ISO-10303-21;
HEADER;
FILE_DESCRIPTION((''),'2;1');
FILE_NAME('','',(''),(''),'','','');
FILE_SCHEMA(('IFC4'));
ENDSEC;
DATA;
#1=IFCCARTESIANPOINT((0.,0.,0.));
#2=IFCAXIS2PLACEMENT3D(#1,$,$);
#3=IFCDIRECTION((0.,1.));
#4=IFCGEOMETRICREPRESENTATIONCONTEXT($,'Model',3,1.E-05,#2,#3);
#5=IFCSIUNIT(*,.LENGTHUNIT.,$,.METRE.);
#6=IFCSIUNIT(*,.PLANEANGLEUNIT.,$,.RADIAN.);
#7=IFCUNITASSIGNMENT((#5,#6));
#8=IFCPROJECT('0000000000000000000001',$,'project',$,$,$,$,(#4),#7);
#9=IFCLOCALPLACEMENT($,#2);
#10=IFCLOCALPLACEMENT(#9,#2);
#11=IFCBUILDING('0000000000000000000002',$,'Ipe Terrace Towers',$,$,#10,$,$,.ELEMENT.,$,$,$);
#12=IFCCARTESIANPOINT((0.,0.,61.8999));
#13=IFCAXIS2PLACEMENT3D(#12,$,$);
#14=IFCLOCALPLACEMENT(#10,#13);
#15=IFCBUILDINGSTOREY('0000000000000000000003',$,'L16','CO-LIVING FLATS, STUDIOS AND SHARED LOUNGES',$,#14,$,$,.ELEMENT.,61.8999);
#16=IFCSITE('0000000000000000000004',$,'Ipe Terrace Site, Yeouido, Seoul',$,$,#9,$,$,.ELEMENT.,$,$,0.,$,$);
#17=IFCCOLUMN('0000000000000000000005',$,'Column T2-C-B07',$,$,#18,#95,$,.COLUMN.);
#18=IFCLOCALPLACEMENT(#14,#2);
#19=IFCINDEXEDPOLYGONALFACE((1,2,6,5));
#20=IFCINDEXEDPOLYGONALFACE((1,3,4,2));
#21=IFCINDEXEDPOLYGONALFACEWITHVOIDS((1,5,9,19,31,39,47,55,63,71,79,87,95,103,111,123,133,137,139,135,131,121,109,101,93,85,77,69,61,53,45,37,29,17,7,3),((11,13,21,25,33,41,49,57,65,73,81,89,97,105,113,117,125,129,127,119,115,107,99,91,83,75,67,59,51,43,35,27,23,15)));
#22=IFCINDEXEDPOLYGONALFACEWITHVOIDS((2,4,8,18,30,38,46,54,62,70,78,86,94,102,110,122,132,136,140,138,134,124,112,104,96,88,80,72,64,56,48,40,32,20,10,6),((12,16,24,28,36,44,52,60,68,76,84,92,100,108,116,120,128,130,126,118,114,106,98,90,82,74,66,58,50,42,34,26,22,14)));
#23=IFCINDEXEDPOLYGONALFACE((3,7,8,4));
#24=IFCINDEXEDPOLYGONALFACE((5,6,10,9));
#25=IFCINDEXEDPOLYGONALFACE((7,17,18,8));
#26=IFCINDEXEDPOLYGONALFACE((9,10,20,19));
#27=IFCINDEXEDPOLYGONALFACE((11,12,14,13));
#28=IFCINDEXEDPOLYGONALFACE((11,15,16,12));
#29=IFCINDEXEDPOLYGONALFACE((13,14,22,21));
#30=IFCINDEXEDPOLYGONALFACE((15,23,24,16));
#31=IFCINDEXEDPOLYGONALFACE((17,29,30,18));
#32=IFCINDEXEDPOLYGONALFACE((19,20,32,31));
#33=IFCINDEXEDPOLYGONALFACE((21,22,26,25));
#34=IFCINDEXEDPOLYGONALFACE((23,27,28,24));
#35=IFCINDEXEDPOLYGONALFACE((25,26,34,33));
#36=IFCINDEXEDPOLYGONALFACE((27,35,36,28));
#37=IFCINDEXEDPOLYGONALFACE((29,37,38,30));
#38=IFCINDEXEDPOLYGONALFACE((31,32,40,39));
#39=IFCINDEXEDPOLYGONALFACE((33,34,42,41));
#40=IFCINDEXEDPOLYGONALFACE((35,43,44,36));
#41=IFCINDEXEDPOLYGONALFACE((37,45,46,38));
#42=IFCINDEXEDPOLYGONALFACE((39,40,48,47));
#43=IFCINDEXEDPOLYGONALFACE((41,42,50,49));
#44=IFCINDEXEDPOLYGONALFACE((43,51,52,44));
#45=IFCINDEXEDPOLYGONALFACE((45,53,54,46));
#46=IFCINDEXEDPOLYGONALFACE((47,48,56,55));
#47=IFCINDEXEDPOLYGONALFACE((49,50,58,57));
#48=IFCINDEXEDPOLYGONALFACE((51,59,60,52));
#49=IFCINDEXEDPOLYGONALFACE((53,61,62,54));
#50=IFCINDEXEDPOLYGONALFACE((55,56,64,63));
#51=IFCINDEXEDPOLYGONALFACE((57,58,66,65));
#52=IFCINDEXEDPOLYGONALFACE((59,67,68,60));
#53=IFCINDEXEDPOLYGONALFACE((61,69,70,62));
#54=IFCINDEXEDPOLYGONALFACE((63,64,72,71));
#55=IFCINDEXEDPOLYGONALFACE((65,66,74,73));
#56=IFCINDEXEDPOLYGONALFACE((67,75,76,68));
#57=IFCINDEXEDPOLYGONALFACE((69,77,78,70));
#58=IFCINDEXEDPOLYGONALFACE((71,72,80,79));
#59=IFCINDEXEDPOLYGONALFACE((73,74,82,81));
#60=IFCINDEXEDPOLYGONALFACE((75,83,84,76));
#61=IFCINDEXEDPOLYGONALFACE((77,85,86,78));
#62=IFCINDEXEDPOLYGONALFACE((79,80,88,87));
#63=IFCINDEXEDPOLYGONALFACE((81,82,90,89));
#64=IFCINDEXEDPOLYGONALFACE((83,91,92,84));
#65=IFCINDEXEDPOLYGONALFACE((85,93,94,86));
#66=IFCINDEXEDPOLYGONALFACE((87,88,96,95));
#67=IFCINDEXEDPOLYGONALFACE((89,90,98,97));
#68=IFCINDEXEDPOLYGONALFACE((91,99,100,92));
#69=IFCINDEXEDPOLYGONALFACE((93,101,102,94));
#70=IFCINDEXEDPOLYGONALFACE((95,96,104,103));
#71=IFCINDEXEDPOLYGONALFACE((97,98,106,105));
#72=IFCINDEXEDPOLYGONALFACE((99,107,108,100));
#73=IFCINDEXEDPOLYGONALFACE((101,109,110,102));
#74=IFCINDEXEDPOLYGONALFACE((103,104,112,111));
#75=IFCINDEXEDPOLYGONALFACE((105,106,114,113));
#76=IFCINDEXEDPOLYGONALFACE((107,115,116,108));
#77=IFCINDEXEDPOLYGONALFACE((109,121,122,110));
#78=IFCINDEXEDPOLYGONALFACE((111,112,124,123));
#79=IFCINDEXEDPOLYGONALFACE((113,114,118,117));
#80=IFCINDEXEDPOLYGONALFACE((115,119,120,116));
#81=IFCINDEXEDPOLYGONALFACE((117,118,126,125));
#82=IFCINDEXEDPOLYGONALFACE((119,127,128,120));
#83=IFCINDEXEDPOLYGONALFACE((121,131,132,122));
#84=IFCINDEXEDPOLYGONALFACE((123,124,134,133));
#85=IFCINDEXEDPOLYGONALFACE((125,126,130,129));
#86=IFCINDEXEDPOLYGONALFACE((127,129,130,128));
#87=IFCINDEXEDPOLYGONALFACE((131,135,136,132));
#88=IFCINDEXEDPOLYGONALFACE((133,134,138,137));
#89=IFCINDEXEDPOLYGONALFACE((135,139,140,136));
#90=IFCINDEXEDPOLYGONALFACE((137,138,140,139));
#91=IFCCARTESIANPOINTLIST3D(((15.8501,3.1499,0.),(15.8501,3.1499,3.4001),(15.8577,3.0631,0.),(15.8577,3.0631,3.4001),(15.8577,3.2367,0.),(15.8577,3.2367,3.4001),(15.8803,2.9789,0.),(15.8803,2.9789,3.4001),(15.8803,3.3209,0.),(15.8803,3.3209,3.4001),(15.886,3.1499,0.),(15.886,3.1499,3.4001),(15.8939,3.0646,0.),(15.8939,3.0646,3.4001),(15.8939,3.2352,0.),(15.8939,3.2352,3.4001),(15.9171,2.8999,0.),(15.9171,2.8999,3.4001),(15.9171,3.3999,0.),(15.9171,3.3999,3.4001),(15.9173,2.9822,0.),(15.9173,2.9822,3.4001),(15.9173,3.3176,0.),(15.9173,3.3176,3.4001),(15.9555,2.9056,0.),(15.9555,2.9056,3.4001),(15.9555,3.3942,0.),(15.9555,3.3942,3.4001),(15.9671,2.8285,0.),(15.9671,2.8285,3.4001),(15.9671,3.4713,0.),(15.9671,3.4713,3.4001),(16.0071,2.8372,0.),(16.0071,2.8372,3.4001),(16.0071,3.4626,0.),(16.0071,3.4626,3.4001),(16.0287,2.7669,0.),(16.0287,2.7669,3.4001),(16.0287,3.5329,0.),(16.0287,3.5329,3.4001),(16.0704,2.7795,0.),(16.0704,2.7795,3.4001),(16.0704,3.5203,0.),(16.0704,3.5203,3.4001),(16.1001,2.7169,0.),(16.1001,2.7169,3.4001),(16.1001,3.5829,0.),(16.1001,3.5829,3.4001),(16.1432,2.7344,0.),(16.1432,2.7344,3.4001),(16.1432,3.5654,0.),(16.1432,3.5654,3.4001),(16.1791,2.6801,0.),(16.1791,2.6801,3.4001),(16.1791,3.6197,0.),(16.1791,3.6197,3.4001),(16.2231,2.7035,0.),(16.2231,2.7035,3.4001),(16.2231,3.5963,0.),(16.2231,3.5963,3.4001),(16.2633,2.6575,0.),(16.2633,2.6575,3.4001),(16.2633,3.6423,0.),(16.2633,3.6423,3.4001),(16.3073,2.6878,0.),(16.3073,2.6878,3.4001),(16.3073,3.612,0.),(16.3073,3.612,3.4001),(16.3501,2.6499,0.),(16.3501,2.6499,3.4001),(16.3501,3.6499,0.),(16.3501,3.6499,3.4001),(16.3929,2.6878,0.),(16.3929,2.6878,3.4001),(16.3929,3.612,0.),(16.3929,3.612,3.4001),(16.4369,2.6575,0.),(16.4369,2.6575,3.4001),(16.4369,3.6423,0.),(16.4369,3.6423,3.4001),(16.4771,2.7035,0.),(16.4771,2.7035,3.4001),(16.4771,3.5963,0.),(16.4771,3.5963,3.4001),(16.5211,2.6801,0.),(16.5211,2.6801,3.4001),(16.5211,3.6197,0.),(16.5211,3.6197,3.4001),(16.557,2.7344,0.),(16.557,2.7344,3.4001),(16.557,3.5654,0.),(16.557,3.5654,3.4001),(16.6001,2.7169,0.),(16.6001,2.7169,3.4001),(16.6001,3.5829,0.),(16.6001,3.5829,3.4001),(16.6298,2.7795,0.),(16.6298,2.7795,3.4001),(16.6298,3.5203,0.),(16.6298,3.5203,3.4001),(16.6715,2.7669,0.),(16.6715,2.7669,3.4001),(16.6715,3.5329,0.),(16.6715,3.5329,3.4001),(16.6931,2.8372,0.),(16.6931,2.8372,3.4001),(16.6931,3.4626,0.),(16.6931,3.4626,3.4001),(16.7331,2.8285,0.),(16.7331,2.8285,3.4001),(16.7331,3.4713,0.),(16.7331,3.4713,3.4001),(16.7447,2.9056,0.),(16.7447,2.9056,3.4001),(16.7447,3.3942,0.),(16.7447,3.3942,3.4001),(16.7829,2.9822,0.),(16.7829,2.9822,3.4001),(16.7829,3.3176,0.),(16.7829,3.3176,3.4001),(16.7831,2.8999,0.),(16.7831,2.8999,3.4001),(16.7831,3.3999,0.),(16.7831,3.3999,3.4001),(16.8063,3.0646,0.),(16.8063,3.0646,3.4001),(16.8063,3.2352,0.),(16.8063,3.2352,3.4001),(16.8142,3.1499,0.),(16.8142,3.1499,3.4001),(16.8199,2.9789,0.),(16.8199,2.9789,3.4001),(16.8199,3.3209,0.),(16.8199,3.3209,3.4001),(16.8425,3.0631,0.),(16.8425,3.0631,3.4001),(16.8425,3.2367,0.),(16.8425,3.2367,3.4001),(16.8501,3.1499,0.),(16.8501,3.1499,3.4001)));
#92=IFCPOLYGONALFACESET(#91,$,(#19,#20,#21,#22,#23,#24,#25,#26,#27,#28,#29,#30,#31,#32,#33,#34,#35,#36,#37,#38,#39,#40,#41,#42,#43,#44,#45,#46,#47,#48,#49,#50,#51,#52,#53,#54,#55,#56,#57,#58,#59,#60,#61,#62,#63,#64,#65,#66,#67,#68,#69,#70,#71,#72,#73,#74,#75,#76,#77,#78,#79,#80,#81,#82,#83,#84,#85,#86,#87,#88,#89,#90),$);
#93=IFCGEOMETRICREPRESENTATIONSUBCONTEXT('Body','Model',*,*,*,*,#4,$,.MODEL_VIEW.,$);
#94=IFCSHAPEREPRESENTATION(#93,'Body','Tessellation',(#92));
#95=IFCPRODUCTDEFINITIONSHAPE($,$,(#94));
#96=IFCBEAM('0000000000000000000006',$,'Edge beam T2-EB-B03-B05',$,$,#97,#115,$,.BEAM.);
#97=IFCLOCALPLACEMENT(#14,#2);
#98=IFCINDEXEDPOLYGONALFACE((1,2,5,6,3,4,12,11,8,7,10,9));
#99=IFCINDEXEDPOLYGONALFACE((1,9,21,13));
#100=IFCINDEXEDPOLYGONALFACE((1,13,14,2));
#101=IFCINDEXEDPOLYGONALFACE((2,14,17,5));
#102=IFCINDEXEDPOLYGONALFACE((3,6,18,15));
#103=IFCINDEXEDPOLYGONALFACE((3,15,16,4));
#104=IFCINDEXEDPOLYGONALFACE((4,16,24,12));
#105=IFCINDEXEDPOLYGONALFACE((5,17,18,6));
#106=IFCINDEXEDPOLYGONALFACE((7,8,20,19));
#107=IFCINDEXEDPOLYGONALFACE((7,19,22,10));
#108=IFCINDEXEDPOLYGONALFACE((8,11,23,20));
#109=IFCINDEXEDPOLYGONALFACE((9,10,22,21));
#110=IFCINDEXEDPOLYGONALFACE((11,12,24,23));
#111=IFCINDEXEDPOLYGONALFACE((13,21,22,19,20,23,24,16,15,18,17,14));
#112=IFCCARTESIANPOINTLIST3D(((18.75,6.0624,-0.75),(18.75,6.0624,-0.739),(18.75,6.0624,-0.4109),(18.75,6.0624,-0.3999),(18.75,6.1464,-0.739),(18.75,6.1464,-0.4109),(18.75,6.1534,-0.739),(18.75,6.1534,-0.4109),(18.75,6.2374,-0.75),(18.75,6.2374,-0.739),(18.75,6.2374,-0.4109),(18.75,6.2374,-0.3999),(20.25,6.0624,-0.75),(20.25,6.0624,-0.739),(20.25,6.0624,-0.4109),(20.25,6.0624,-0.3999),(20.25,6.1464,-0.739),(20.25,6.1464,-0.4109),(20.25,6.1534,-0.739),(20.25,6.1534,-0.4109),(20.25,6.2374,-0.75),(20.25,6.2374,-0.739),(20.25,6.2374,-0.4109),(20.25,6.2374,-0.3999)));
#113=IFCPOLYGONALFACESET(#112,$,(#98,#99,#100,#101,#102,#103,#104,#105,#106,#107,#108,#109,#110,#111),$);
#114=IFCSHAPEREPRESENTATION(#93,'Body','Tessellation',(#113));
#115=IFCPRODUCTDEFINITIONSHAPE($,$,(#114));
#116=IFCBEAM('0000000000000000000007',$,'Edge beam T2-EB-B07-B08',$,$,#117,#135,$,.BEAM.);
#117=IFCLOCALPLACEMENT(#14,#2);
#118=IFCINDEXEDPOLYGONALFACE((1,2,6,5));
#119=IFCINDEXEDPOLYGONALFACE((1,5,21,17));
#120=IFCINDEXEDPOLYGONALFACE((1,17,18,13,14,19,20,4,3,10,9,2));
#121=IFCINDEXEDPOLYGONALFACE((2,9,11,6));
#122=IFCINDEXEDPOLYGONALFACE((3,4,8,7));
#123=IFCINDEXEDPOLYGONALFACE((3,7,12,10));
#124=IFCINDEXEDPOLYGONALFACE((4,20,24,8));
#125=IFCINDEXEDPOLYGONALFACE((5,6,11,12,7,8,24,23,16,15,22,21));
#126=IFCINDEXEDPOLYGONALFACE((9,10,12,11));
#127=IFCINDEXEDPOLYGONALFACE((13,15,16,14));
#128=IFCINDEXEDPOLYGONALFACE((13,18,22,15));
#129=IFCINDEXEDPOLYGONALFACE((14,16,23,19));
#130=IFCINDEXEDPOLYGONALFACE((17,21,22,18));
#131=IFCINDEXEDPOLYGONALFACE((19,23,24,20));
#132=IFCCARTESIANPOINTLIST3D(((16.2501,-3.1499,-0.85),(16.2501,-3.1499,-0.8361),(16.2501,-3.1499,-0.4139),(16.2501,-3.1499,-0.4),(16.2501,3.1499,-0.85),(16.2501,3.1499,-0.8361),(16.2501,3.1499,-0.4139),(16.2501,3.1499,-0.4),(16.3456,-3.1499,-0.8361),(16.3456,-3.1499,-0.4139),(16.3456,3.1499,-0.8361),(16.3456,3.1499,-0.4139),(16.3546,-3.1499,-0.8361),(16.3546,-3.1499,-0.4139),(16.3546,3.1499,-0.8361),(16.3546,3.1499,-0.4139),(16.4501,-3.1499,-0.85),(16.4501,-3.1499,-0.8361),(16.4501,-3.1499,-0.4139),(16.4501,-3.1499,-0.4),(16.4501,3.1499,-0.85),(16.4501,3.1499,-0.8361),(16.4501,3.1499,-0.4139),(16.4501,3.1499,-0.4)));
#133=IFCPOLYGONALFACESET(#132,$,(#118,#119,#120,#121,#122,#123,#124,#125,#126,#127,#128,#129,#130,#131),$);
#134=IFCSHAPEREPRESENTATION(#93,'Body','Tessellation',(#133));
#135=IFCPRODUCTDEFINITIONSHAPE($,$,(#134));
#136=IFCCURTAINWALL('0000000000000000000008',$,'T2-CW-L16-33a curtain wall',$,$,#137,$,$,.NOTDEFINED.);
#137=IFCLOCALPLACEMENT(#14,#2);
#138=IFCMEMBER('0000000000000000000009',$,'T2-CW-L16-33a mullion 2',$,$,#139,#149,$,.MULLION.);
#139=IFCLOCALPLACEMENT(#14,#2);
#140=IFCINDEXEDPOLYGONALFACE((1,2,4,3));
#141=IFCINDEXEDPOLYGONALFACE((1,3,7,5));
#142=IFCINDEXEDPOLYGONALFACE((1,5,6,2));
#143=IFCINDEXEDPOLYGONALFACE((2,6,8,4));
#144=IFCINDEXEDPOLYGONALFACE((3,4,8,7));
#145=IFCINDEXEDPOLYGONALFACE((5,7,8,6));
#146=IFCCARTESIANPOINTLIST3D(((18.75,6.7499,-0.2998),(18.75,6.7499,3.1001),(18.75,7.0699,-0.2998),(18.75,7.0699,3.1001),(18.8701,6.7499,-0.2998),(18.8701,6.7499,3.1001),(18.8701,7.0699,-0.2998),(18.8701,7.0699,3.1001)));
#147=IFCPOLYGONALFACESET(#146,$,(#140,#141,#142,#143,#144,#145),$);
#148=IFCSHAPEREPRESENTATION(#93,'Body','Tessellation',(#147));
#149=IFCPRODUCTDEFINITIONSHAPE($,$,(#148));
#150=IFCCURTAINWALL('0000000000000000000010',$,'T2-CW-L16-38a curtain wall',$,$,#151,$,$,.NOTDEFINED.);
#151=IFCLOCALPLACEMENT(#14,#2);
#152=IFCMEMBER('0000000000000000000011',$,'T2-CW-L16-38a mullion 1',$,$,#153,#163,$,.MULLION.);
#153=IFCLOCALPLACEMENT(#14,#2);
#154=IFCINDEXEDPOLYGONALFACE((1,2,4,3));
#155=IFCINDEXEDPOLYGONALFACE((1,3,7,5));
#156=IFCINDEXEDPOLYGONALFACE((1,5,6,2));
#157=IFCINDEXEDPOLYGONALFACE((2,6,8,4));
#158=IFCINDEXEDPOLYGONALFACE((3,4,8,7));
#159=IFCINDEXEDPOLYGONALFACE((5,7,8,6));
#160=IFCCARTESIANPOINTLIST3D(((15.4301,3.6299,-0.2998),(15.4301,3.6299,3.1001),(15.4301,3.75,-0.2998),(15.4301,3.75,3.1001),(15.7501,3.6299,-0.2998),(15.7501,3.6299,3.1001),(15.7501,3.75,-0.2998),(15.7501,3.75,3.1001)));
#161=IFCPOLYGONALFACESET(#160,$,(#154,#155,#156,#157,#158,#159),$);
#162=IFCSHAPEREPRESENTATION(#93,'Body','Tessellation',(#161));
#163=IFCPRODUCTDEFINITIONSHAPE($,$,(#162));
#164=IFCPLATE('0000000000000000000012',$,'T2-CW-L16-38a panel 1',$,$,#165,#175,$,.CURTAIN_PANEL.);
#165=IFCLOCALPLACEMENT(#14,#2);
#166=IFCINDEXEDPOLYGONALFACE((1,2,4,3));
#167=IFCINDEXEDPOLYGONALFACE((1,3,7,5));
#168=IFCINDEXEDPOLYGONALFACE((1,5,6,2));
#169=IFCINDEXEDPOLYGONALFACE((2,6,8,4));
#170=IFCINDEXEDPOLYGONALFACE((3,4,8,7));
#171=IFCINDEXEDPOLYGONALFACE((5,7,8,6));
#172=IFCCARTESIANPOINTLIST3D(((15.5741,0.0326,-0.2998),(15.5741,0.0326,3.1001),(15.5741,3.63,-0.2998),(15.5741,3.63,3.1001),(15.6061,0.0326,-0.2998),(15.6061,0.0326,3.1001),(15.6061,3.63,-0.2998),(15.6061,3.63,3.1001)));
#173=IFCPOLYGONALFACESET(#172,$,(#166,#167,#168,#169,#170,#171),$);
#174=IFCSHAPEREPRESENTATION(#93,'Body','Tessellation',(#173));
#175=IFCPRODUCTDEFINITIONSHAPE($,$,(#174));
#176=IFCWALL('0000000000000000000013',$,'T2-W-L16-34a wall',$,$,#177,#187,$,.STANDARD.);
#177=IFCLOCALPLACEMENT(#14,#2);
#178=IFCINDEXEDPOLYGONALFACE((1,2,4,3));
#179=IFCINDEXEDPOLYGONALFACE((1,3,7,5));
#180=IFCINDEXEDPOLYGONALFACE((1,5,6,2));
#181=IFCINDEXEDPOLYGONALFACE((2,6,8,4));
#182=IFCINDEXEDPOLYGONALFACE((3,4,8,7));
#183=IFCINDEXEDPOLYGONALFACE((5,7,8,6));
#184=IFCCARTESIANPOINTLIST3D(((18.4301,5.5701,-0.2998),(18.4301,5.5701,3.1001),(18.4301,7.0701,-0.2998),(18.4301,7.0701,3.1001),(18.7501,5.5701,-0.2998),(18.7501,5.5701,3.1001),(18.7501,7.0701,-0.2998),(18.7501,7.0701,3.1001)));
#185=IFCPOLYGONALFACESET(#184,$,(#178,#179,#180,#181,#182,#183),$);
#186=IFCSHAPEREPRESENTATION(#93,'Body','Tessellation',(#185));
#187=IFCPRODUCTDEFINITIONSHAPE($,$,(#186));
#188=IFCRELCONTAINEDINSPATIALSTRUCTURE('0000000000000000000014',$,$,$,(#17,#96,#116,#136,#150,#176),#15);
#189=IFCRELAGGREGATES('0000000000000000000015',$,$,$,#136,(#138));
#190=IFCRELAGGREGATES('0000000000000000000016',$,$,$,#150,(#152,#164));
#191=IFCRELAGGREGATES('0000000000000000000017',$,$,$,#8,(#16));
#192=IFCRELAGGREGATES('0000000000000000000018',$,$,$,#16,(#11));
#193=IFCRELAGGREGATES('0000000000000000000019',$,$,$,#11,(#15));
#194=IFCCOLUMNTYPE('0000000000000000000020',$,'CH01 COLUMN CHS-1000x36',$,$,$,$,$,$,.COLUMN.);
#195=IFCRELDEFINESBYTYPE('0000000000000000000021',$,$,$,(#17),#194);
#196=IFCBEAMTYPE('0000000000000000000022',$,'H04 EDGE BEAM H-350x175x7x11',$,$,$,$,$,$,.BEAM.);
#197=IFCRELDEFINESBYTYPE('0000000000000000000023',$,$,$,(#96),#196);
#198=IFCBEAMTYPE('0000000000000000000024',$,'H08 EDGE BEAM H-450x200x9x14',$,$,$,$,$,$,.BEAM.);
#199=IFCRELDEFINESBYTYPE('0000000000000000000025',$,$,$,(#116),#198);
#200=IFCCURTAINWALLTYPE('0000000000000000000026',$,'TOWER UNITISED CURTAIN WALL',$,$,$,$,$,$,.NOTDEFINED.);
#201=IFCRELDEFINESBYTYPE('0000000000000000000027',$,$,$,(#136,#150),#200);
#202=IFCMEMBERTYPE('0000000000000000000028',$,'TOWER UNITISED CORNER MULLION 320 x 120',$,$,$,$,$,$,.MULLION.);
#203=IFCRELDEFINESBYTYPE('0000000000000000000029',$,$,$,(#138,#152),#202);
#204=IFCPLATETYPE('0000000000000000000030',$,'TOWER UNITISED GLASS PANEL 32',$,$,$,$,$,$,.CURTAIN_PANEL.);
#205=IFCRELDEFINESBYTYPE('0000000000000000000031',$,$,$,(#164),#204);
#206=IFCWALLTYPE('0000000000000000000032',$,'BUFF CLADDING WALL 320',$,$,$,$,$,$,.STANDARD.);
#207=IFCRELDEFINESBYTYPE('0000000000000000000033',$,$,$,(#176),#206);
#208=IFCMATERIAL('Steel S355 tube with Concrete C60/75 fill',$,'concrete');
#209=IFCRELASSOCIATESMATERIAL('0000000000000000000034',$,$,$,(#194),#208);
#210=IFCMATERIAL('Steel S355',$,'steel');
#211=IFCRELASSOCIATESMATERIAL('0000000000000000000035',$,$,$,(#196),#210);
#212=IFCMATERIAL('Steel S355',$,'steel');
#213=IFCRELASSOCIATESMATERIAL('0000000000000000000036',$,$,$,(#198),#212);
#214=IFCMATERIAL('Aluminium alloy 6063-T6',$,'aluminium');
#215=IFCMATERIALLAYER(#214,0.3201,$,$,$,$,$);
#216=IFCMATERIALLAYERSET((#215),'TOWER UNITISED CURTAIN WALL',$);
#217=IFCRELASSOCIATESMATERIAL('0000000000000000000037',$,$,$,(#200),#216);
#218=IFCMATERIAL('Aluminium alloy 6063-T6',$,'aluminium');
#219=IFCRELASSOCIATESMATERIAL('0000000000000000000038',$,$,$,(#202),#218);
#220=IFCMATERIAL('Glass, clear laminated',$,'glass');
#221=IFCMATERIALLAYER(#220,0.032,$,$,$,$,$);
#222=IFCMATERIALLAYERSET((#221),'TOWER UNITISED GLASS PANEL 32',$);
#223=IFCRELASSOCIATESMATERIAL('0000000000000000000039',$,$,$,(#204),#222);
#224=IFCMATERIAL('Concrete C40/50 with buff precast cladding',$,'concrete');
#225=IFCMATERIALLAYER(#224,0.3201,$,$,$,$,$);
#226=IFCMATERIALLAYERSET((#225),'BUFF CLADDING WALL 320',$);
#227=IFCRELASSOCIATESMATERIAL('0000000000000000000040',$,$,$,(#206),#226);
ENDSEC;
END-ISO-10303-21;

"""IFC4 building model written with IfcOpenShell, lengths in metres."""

from ifc_helpers import new_model, si_unit, direction, frame, frame_2d, origin, origin_2d, place, context, subcontext, project, spatial, rectangle, hollow_circle, i_section, extrude, material, layer, layer_set, material_profile, profile_set, type_object, element, aggregate, save


model = new_model("IFC4")

# Units and contexts
model_context = context("Model", 3, precision=1e-05, world=origin(), true_north=direction((0.0, 1.0)))
body_context = subcontext(model_context, "Body", "Model", "MODEL_VIEW")
ifc_project = project(units=[si_unit("LENGTHUNIT", "METRE"), si_unit("PLANEANGLEUNIT", "RADIAN")], contexts=[model_context])

# Site, building, storey
site_placement = place(None, origin())
site = spatial("IfcSite", under=ifc_project, at=site_placement, Name="Ipe Terrace Site, Yeouido, Seoul", CompositionType="ELEMENT", RefElevation=0.0)
building_placement = place(site_placement, origin())
building = spatial("IfcBuilding", under=site, at=building_placement, Name="Ipe Terrace Towers", CompositionType="ELEMENT")
storey_placement = place(building_placement, frame((0.0, 0.0, 61.8999)))
storey = spatial("IfcBuildingStorey", under=building, at=storey_placement, Name="L16", Description="CO-LIVING FLATS, STUDIOS AND SHARED LOUNGES", CompositionType="ELEMENT", Elevation=61.8999)

# Column
ifc_material_1 = material(Name="Steel S355 tube with Concrete C60/75 fill", Category="concrete")
ifc_material_profile_1 = material_profile(ifc_material_1, hollow_circle(Radius=0.5, WallThickness=0.0359, at=origin_2d()), Name="CHS-1000x36")
ifc_profile_set_1 = profile_set([ifc_material_profile_1], Name="Steel S355 tube with Concrete C60/75 fill")
column_type = type_object("IfcColumnType", Name="CH01 COLUMN CHS-1000x36", PredefinedType="COLUMN", material=ifc_profile_set_1)
for number, where, z_axis, x_axis, name in (
    (1, (16.3501, 3.1499, 0.0), (0.0, 0.0, 1.0), (1.0, 0.0, 0.0), "Column T2-C-B07"),
):
    element("IfcColumn", number, at=place(storey_placement, frame(where, z_axis=z_axis, x_axis=x_axis)), inside=storey, type_object=column_type, Name=name, PredefinedType="COLUMN", context=body_context, shape_type="SweptSolid", body=[
        extrude(hollow_circle(Radius=0.5, WallThickness=0.0359, at=origin_2d()), origin(), (0.0, 0.0, 1.0), 3.4001),
    ])

# Beams
ifc_material_2 = material(Name="Steel S355", Category="steel")
ifc_material_profile_2 = material_profile(ifc_material_2, i_section(OverallWidth=0.175, OverallDepth=0.3501, WebThickness=0.0071, FlangeThickness=0.011, at=origin_2d()), Name="H-350x175x7x11")
ifc_profile_set_2 = profile_set([ifc_material_profile_2], Name="Steel S355")
beam_type_1 = type_object("IfcBeamType", Name="H04 EDGE BEAM H-350x175x7x11", PredefinedType="BEAM", material=ifc_profile_set_2)
beam_1_placement = place(storey_placement, frame((20.25, 6.1499, -0.575), z_axis=(-1.0, 0.0, 0.0), x_axis=(0.0, -1.0, 0.0)))
element("IfcBeam", 2, at=beam_1_placement, inside=storey, type_object=beam_type_1, Name="Edge beam T2-EB-B03-B05", PredefinedType="BEAM", context=body_context, shape_type="SweptSolid", body=[
    extrude(i_section(OverallWidth=0.175, OverallDepth=0.3501, WebThickness=0.0071, FlangeThickness=0.011, at=origin_2d()), origin(), (0.0, 0.0, 1.0), 1.5),
])
ifc_material_3 = material(Name="Steel S355", Category="steel")
ifc_material_profile_3 = material_profile(ifc_material_3, i_section(OverallWidth=0.2, OverallDepth=0.45, WebThickness=0.009, FlangeThickness=0.0139, at=origin_2d()), Name="H-450x200x9x14")
ifc_profile_set_3 = profile_set([ifc_material_profile_3], Name="Steel S355")
beam_type_2 = type_object("IfcBeamType", Name="H08 EDGE BEAM H-450x200x9x14", PredefinedType="BEAM", material=ifc_profile_set_3)
beam_2_placement = place(storey_placement, frame((16.3501, 3.1499, -0.625), z_axis=(0.0, -1.0, 0.0), x_axis=(1.0, 0.0, 0.0)))
element("IfcBeam", 3, at=beam_2_placement, inside=storey, type_object=beam_type_2, Name="Edge beam T2-EB-B07-B08", PredefinedType="BEAM", context=body_context, shape_type="SweptSolid", body=[
    extrude(i_section(OverallWidth=0.2, OverallDepth=0.45, WebThickness=0.009, FlangeThickness=0.0139, at=origin_2d()), origin(), (0.0, 0.0, 1.0), 6.2998),
])

# Curtain wall, member
ifc_material_4 = material(Name="Aluminium alloy 6063-T6", Category="aluminium")
ifc_layer_1 = layer(ifc_material_4, 0.3201)
ifc_layer_set_1 = layer_set([ifc_layer_1], Name="TOWER UNITISED CURTAIN WALL")
curtain_wall_type = type_object("IfcCurtainWallType", Name="TOWER UNITISED CURTAIN WALL", PredefinedType="NOTDEFINED", material=ifc_layer_set_1)
curtain_wall_1_placement = place(storey_placement, origin())
curtain_wall_1 = element("IfcCurtainWall", 4, at=curtain_wall_1_placement, inside=storey, type_object=curtain_wall_type, Name="T2-CW-L16-33a curtain wall", PredefinedType="NOTDEFINED")
ifc_material_5 = material(Name="Aluminium alloy 6063-T6", Category="aluminium")
ifc_material_profile_4 = material_profile(ifc_material_5, rectangle(XDim=0.3201, YDim=0.1201, at=origin_2d()), Name="TOWER UNITISED CORNER MULLION 320 x 120")
ifc_profile_set_4 = profile_set([ifc_material_profile_4], Name="Aluminium alloy 6063-T6")
member_type = type_object("IfcMemberType", Name="TOWER UNITISED CORNER MULLION 320 x 120", PredefinedType="MULLION", material=ifc_profile_set_4)
member_1_placement = place(storey_placement, frame((18.8101, 6.9099, -0.2998), z_axis=(0.0, 0.0, 1.0), x_axis=(0.0, 1.0, 0.0)))
member_1 = element("IfcMember", 5, at=member_1_placement, type_object=member_type, Name="T2-CW-L16-33a mullion 2", PredefinedType="MULLION", context=body_context, shape_type="SweptSolid", body=[
    extrude(rectangle(XDim=0.3201, YDim=0.1201, at=origin_2d()), origin(), (0.0, 0.0, 1.0), 3.3999),
])
aggregate(curtain_wall_1, [member_1])

# Curtain wall, member, plate
curtain_wall_2_placement = place(storey_placement, origin())
curtain_wall_2 = element("IfcCurtainWall", 6, at=curtain_wall_2_placement, inside=storey, type_object=curtain_wall_type, Name="T2-CW-L16-38a curtain wall", PredefinedType="NOTDEFINED")
member_2_placement = place(storey_placement, frame((15.5901, 3.6899, -0.2998), z_axis=(0.0, 0.0, 1.0), x_axis=(-1.0, 0.0, 0.0)))
member_2 = element("IfcMember", 7, at=member_2_placement, type_object=member_type, Name="T2-CW-L16-38a mullion 1", PredefinedType="MULLION", context=body_context, shape_type="SweptSolid", body=[
    extrude(rectangle(XDim=0.3201, YDim=0.1201, at=origin_2d()), origin(), (0.0, 0.0, 1.0), 3.3999),
])
ifc_material_6 = material(Name="Glass, clear laminated", Category="glass")
ifc_layer_2 = layer(ifc_material_6, 0.032)
ifc_layer_set_2 = layer_set([ifc_layer_2], Name="TOWER UNITISED GLASS PANEL 32")
plate_type = type_object("IfcPlateType", Name="TOWER UNITISED GLASS PANEL 32", PredefinedType="CURTAIN_PANEL", material=ifc_layer_set_2)
plate_placement = place(storey_placement, frame((15.5901, 1.8313, -0.2998), z_axis=(0.0, 0.0, 1.0), x_axis=(0.0, -1.0, 0.0)))
plate = element("IfcPlate", 8, at=plate_placement, type_object=plate_type, Name="T2-CW-L16-38a panel 1", PredefinedType="CURTAIN_PANEL", context=body_context, shape_type="SweptSolid", body=[
    extrude(rectangle(XDim=3.5974, YDim=0.032, at=origin_2d()), origin(), (0.0, 0.0, 1.0), 3.3999),
])
aggregate(curtain_wall_2, [member_2, plate])

# Wall
ifc_material_7 = material(Name="Concrete C40/50 with buff precast cladding", Category="concrete")
ifc_layer_3 = layer(ifc_material_7, 0.3201)
ifc_layer_set_3 = layer_set([ifc_layer_3], Name="BUFF CLADDING WALL 320")
wall_type_1 = type_object("IfcWallType", Name="BUFF CLADDING WALL 320", PredefinedType="STANDARD", material=ifc_layer_set_3)
wall_1_placement = place(storey_placement, frame((18.5901, 7.0701, -0.2998), z_axis=(0.0, 0.0, 1.0), x_axis=(0.0, -1.0, 0.0)))
element("IfcWall", 9, at=wall_1_placement, inside=storey, type_object=wall_type_1, Name="T2-W-L16-34a wall", PredefinedType="STANDARD", context=body_context, shape_type="SweptSolid", body=[
    extrude(rectangle(XDim=1.5, YDim=0.3201, at=frame_2d((0.75, 0.0))), origin(), (0.0, 0.0, 1.0), 3.3999),
])

save(model, "model.ifc")
